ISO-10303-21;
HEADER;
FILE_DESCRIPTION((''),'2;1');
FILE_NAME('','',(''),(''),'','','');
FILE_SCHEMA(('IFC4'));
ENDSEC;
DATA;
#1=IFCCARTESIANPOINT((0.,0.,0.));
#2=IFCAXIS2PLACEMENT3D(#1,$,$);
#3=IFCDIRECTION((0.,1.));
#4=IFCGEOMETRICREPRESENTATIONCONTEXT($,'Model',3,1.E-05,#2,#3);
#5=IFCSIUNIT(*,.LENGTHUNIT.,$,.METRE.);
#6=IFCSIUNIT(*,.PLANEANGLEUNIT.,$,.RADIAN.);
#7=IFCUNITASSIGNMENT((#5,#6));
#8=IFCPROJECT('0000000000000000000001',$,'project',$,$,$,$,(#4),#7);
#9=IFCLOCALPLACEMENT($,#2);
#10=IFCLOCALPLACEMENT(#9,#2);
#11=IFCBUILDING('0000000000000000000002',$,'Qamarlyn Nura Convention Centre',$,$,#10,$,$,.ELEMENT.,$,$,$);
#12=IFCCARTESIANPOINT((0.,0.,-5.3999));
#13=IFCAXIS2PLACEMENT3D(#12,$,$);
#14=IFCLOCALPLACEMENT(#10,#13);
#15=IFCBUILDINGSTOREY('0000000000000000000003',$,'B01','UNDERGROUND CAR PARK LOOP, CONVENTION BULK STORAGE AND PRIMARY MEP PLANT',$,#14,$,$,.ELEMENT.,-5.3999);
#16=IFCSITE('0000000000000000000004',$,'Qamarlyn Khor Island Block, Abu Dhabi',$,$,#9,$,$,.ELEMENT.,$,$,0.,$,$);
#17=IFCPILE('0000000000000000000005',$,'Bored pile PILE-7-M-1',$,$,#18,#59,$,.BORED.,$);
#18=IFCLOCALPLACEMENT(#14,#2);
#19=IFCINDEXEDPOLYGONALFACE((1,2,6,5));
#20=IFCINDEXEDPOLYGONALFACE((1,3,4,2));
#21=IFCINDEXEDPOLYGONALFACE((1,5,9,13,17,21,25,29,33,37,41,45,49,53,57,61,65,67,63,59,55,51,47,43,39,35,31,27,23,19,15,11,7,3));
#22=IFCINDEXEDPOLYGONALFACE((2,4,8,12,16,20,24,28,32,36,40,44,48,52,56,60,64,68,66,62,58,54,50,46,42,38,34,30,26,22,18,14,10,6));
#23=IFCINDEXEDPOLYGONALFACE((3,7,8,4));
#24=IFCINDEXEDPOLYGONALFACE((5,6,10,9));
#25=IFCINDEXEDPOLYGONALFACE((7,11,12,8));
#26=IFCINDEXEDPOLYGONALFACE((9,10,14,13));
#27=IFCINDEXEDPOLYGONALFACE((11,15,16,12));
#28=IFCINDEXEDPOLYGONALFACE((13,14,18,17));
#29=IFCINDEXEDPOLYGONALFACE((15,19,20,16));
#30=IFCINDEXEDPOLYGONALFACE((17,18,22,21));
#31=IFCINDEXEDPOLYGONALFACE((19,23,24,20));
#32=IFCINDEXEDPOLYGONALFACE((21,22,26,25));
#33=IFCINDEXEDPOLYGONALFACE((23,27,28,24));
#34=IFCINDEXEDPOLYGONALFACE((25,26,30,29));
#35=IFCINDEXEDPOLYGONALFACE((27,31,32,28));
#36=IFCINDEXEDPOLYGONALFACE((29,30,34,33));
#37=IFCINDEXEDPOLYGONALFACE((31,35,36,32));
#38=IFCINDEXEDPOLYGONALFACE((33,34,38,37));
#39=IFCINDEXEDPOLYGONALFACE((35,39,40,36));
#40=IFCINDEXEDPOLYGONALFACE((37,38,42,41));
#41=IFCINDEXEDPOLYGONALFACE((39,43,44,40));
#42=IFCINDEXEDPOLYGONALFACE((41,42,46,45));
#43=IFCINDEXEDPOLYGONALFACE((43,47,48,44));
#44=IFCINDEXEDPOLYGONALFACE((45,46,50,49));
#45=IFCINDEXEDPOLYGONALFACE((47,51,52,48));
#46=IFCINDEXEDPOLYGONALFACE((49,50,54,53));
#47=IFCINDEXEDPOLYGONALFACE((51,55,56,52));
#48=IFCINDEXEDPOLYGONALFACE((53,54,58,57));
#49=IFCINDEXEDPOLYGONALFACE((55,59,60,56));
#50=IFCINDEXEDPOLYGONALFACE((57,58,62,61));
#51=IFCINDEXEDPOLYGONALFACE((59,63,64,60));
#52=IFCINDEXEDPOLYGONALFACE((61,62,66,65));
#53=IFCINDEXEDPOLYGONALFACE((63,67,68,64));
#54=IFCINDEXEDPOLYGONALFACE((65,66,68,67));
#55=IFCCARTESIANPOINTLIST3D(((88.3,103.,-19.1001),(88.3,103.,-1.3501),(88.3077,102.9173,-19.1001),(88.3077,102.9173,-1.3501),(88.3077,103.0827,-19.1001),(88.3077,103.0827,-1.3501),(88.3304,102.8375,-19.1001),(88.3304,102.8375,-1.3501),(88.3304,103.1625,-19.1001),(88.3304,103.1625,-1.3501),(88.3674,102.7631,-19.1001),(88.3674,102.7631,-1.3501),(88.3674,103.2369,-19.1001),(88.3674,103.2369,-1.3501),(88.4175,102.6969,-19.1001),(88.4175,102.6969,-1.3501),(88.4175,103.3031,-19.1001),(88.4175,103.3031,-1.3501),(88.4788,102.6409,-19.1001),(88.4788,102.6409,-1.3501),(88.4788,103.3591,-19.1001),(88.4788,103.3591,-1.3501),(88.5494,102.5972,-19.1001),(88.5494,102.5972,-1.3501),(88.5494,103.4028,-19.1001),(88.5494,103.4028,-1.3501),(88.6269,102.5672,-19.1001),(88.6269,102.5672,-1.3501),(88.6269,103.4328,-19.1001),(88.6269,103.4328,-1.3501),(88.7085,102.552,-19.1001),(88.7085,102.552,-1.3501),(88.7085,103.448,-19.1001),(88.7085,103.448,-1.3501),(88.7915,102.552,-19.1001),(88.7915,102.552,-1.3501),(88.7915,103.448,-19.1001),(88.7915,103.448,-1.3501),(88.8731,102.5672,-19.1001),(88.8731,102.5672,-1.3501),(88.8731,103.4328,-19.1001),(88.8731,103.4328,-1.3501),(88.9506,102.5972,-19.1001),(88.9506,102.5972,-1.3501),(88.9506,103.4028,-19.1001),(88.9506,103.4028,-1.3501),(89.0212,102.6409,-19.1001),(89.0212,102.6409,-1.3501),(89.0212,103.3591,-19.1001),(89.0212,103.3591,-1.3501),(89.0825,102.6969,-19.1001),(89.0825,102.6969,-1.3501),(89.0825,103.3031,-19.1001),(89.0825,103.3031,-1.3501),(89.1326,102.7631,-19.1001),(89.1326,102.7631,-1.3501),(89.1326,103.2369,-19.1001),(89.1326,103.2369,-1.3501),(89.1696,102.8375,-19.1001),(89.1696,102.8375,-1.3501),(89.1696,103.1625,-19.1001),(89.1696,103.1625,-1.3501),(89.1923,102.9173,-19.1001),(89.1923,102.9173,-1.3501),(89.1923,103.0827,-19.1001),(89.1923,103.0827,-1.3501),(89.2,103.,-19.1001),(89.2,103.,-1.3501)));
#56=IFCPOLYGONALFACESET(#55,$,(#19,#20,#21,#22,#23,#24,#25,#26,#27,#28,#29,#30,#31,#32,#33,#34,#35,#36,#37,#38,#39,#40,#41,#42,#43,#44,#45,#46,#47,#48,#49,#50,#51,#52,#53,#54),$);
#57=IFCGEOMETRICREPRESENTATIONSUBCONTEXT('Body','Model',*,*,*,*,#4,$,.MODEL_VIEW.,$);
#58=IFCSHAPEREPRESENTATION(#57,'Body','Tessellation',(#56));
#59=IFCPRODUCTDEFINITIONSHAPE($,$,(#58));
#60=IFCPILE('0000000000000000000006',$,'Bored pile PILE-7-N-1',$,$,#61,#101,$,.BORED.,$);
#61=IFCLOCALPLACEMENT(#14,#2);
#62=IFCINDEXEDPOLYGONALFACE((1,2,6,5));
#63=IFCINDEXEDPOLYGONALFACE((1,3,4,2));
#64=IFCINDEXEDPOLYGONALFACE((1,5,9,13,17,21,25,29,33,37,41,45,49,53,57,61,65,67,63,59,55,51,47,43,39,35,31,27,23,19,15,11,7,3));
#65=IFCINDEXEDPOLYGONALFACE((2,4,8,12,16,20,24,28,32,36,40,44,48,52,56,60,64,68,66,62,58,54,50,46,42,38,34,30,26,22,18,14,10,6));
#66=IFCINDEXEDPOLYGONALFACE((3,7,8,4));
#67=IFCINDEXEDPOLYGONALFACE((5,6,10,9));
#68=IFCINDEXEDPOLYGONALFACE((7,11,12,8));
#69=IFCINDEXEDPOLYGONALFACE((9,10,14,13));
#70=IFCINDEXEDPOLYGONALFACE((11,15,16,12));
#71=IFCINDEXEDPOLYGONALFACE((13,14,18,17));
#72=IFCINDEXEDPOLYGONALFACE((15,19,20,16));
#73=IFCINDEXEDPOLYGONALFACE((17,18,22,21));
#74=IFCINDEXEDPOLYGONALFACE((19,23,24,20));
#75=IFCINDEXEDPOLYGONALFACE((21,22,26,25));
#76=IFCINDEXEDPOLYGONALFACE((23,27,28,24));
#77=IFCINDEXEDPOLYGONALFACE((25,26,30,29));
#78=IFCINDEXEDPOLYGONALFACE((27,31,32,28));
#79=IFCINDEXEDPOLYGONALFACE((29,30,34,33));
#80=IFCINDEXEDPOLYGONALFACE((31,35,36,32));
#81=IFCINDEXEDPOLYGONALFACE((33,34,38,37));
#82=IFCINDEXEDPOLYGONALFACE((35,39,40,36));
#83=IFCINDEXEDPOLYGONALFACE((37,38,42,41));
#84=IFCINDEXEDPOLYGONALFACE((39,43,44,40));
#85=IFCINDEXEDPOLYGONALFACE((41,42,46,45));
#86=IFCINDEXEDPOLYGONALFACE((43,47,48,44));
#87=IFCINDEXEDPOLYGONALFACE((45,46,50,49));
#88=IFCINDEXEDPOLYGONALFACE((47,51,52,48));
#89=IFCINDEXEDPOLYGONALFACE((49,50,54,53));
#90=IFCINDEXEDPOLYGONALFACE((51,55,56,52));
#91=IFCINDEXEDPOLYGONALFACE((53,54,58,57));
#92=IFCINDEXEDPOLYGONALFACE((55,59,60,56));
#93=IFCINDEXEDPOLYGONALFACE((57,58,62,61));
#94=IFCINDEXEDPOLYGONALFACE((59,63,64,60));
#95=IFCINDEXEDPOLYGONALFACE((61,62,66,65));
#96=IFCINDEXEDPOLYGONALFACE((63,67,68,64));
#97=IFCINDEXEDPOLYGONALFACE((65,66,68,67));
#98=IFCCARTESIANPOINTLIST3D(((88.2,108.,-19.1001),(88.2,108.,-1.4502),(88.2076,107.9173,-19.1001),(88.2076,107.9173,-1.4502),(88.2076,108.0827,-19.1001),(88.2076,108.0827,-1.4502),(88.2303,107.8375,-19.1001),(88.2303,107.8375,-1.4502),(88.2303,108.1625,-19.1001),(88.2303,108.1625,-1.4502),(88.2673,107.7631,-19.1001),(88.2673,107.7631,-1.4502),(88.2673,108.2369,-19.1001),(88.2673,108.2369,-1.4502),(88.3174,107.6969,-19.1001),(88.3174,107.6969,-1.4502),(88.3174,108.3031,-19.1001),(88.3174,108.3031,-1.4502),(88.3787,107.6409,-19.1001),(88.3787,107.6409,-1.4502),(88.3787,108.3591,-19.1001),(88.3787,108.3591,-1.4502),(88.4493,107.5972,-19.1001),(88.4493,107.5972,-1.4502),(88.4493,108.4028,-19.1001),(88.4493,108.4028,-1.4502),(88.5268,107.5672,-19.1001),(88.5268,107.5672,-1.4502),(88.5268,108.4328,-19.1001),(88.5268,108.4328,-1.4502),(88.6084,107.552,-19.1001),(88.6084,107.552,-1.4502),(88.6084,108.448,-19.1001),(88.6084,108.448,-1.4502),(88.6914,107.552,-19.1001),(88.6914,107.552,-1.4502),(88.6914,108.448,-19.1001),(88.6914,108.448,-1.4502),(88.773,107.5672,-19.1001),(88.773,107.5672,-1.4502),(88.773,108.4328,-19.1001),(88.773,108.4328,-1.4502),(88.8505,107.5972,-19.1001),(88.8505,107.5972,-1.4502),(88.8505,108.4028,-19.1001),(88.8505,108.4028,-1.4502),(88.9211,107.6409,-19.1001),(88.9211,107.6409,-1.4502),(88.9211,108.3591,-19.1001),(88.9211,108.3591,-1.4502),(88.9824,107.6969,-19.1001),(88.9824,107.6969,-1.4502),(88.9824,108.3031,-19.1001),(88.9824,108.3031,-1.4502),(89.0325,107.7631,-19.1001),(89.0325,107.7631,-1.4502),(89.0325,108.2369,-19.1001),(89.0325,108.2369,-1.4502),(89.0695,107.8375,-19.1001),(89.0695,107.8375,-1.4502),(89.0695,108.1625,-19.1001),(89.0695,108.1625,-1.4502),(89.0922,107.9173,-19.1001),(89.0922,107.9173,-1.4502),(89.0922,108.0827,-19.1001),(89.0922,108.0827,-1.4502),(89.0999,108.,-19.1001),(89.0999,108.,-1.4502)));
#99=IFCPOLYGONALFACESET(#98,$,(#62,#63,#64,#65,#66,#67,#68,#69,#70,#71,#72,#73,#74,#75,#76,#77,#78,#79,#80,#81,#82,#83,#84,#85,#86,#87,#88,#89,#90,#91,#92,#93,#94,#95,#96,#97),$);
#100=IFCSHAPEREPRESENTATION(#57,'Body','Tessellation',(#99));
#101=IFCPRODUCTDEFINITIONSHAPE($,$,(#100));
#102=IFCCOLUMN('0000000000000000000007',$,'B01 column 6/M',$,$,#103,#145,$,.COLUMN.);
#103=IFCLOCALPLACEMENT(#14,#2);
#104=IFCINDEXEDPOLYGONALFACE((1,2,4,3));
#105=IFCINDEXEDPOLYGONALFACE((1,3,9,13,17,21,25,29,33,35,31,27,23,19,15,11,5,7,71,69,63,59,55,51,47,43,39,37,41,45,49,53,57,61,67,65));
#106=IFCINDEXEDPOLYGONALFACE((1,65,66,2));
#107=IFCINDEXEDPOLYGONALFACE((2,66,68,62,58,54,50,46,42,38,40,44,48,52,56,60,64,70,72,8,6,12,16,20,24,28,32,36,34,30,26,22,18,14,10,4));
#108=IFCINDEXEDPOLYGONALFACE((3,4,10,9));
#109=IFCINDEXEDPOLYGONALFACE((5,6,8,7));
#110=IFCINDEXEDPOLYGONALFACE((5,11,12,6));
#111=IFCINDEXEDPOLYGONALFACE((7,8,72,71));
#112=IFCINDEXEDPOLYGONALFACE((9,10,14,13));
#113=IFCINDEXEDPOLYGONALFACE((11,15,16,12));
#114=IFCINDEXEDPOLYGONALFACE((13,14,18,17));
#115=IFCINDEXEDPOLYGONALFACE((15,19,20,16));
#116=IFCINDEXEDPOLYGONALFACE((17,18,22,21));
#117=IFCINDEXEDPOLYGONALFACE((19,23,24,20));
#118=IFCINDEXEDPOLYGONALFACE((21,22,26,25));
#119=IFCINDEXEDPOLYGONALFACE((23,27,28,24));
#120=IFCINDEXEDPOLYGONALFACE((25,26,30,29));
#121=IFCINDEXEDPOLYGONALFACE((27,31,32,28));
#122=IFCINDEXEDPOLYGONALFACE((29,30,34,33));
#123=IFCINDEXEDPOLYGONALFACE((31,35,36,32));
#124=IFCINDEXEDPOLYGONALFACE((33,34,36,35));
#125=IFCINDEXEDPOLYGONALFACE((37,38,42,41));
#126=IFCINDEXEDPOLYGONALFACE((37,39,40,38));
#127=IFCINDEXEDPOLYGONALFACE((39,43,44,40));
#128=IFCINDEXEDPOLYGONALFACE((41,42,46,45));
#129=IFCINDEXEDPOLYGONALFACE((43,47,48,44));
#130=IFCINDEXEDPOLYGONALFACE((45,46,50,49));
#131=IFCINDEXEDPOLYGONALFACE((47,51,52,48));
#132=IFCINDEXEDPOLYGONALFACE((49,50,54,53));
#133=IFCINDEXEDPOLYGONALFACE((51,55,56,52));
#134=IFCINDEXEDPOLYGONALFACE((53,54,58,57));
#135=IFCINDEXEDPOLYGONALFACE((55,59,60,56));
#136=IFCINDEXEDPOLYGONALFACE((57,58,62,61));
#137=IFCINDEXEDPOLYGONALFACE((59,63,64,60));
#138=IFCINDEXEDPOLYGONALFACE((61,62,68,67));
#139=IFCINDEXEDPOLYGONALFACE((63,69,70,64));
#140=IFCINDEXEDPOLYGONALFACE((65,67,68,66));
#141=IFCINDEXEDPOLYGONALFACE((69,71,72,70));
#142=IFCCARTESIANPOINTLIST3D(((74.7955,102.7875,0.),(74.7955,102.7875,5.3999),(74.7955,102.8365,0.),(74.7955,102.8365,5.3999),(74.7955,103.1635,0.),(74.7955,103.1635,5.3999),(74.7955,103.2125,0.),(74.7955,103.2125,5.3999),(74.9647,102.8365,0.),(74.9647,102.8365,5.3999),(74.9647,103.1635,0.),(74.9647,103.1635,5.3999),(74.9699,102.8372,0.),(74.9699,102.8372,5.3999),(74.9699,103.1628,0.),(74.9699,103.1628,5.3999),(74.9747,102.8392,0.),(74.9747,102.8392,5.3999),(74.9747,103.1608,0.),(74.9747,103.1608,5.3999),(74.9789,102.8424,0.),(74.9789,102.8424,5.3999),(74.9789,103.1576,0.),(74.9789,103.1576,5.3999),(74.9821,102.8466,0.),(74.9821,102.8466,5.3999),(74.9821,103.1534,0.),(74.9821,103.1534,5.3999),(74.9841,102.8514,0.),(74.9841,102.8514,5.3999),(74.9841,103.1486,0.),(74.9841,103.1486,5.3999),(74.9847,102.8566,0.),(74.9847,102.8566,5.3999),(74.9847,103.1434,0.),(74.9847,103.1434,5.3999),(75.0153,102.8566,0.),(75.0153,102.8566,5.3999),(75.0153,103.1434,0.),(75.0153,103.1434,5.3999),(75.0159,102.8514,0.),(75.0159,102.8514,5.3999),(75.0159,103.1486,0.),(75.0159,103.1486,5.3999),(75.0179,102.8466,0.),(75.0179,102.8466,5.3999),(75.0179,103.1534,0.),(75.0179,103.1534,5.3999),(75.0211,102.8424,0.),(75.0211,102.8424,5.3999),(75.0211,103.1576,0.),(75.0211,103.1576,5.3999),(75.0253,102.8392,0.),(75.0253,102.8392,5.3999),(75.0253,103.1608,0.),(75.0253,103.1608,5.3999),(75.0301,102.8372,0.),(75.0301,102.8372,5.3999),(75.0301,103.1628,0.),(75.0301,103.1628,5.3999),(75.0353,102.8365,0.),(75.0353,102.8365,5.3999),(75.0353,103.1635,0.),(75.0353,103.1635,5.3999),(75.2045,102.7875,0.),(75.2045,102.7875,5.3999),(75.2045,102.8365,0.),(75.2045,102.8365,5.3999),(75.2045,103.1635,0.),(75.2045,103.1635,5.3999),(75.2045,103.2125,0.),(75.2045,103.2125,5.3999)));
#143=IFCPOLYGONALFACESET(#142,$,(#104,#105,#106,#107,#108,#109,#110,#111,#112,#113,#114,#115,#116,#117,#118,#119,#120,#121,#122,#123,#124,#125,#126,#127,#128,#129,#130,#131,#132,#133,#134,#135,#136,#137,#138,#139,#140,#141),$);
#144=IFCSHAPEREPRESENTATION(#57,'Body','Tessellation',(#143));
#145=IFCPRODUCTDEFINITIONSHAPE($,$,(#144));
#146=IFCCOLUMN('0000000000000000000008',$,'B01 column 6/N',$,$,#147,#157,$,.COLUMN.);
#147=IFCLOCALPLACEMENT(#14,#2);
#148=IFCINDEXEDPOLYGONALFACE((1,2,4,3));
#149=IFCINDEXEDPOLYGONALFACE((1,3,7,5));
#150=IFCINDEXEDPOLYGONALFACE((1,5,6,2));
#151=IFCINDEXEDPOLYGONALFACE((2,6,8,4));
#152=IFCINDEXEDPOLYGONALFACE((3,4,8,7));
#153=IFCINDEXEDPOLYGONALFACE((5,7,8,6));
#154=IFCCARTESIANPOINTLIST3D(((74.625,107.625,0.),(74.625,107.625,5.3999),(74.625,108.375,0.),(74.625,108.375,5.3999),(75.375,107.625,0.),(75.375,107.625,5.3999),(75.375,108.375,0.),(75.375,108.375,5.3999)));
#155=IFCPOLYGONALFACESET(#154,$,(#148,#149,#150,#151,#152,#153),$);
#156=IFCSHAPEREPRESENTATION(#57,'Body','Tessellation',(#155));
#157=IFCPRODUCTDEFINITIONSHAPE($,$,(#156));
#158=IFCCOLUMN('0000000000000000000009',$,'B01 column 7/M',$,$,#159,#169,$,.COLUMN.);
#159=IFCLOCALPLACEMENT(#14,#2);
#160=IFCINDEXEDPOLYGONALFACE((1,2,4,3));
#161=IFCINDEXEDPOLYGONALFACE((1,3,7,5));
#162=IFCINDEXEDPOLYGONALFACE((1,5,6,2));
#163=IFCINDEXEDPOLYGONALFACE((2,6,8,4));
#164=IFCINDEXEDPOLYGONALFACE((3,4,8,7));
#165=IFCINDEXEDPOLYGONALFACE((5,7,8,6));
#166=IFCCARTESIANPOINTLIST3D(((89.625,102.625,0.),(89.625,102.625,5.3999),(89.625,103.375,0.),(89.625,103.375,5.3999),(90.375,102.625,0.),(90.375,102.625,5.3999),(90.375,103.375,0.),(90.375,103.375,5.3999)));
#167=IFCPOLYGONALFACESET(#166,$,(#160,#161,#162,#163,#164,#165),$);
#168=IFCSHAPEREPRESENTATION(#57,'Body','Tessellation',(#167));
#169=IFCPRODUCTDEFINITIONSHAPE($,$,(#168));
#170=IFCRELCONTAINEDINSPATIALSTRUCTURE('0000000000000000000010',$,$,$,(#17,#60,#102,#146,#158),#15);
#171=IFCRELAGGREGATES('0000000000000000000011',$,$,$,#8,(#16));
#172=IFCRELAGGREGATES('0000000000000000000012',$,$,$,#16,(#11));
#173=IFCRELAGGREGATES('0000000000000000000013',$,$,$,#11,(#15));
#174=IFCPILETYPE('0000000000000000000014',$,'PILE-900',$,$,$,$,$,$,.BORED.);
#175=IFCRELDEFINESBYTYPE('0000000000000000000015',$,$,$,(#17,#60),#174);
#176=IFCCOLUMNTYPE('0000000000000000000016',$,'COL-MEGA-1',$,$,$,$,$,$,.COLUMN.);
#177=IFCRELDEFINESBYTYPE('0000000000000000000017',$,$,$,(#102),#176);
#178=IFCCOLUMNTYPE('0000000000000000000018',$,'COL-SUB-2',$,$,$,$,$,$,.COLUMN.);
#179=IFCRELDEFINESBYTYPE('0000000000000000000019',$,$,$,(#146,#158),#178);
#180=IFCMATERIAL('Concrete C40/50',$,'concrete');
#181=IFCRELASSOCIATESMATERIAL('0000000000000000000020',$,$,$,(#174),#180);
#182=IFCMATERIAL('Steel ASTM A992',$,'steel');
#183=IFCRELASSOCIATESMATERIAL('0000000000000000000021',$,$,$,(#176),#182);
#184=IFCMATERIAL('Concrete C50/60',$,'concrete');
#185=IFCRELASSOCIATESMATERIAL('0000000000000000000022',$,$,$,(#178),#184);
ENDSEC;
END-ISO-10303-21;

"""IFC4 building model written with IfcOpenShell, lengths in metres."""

from ifc_helpers import new_model, si_unit, direction, frame, origin, origin_2d, place, context, subcontext, project, spatial, rectangle, circle, i_section, extrude, material, material_profile, profile_set, type_object, element, save


model = new_model("IFC4")

# Units and contexts
model_context = context("Model", 3, precision=1e-05, world=origin(), true_north=direction((0.0, 1.0)))
body_context = subcontext(model_context, "Body", "Model", "MODEL_VIEW")
ifc_project = project(units=[si_unit("LENGTHUNIT", "METRE"), si_unit("PLANEANGLEUNIT", "RADIAN")], contexts=[model_context])

# Site, building, storey
site_placement = place(None, origin())
site = spatial("IfcSite", under=ifc_project, at=site_placement, Name="Qamarlyn Khor Island Block, Abu Dhabi", CompositionType="ELEMENT", RefElevation=0.0)
building_placement = place(site_placement, origin())
building = spatial("IfcBuilding", under=site, at=building_placement, Name="Qamarlyn Nura Convention Centre", CompositionType="ELEMENT")
storey_placement = place(building_placement, frame((0.0, 0.0, -5.3999)))
storey = spatial("IfcBuildingStorey", under=building, at=storey_placement, Name="B01", Description="UNDERGROUND CAR PARK LOOP, CONVENTION BULK STORAGE AND PRIMARY MEP PLANT", CompositionType="ELEMENT", Elevation=-5.3999)

# Shared definitions
ifc_material_1 = material(Name="Concrete C40/50", Category="concrete")

# Piles
ifc_material_profile_1 = material_profile(ifc_material_1, circle(Radius=0.45, at=origin_2d()), Name="BORED PILE 900")
ifc_profile_set_1 = profile_set([ifc_material_profile_1], Name="Concrete C40/50")
pile_type = type_object("IfcPileType", Name="PILE-900", PredefinedType="BORED", material=ifc_profile_set_1)
pile_1_placement = place(storey_placement, frame((88.75, 103.0, -1.3501), z_axis=(0.0, 0.0, -1.0), x_axis=(1.0, 0.0, 0.0)))
element("IfcPile", 1, at=pile_1_placement, inside=storey, type_object=pile_type, Name="Bored pile PILE-7-M-1", PredefinedType="BORED", context=body_context, shape_type="SweptSolid", body=[
    extrude(circle(Radius=0.45, at=origin_2d()), origin(), (0.0, 0.0, 1.0), 17.75),
])
pile_2_placement = place(storey_placement, frame((88.6499, 108.0, -1.4502), z_axis=(0.0, 0.0, -1.0), x_axis=(1.0, 0.0, 0.0)))
element("IfcPile", 2, at=pile_2_placement, inside=storey, type_object=pile_type, Name="Bored pile PILE-7-N-1", PredefinedType="BORED", context=body_context, shape_type="SweptSolid", body=[
    extrude(circle(Radius=0.45, at=origin_2d()), origin(), (0.0, 0.0, 1.0), 17.6499),
])

# Columns
ifc_material_2 = material(Name="Steel ASTM A992", Category="steel")
ifc_material_profile_2 = material_profile(ifc_material_2, i_section(OverallWidth=0.4089, OverallDepth=0.425, WebThickness=0.0305, FlangeThickness=0.0491, FilletRadius=0.02, at=origin_2d()), Name="W360X421")
ifc_profile_set_2 = profile_set([ifc_material_profile_2], Name="Steel ASTM A992")
column_type_1 = type_object("IfcColumnType", Name="COL-MEGA-1", PredefinedType="COLUMN", material=ifc_profile_set_2)
column_1_placement = place(storey_placement, frame((75.0, 103.0, 0.0), z_axis=(0.0, 0.0, 1.0), x_axis=(1.0, 0.0, 0.0)))
element("IfcColumn", 3, at=column_1_placement, inside=storey, type_object=column_type_1, Name="B01 column 6/M", PredefinedType="COLUMN", context=body_context, shape_type="SweptSolid", body=[
    extrude(i_section(OverallWidth=0.4089, OverallDepth=0.425, WebThickness=0.0305, FlangeThickness=0.0491, FilletRadius=0.02, at=origin_2d()), origin(), (0.0, 0.0, 1.0), 5.3999),
])
ifc_material_3 = material(Name="Concrete C50/60", Category="concrete")
ifc_material_profile_3 = material_profile(ifc_material_3, rectangle(XDim=0.75, YDim=0.75, at=origin_2d()), Name="RC 750x750")
ifc_profile_set_3 = profile_set([ifc_material_profile_3], Name="Concrete C50/60")
column_type_2 = type_object("IfcColumnType", Name="COL-SUB-2", PredefinedType="COLUMN", material=ifc_profile_set_3)
for number, where, z_axis, x_axis, name in (
    (4, (75.0, 108.0, 0.0), (0.0, 0.0, 1.0), (1.0, 0.0, 0.0), "B01 column 6/N"),
    (5, (90.0, 103.0, 0.0), (0.0, 0.0, 1.0), (1.0, 0.0, 0.0), "B01 column 7/M"),
):
    element("IfcColumn", number, at=place(storey_placement, frame(where, z_axis=z_axis, x_axis=x_axis)), inside=storey, type_object=column_type_2, Name=name, PredefinedType="COLUMN", context=body_context, shape_type="SweptSolid", body=[
        extrude(rectangle(XDim=0.75, YDim=0.75, at=origin_2d()), origin(), (0.0, 0.0, 1.0), 5.3999),
    ])

save(model, "model.ifc")
